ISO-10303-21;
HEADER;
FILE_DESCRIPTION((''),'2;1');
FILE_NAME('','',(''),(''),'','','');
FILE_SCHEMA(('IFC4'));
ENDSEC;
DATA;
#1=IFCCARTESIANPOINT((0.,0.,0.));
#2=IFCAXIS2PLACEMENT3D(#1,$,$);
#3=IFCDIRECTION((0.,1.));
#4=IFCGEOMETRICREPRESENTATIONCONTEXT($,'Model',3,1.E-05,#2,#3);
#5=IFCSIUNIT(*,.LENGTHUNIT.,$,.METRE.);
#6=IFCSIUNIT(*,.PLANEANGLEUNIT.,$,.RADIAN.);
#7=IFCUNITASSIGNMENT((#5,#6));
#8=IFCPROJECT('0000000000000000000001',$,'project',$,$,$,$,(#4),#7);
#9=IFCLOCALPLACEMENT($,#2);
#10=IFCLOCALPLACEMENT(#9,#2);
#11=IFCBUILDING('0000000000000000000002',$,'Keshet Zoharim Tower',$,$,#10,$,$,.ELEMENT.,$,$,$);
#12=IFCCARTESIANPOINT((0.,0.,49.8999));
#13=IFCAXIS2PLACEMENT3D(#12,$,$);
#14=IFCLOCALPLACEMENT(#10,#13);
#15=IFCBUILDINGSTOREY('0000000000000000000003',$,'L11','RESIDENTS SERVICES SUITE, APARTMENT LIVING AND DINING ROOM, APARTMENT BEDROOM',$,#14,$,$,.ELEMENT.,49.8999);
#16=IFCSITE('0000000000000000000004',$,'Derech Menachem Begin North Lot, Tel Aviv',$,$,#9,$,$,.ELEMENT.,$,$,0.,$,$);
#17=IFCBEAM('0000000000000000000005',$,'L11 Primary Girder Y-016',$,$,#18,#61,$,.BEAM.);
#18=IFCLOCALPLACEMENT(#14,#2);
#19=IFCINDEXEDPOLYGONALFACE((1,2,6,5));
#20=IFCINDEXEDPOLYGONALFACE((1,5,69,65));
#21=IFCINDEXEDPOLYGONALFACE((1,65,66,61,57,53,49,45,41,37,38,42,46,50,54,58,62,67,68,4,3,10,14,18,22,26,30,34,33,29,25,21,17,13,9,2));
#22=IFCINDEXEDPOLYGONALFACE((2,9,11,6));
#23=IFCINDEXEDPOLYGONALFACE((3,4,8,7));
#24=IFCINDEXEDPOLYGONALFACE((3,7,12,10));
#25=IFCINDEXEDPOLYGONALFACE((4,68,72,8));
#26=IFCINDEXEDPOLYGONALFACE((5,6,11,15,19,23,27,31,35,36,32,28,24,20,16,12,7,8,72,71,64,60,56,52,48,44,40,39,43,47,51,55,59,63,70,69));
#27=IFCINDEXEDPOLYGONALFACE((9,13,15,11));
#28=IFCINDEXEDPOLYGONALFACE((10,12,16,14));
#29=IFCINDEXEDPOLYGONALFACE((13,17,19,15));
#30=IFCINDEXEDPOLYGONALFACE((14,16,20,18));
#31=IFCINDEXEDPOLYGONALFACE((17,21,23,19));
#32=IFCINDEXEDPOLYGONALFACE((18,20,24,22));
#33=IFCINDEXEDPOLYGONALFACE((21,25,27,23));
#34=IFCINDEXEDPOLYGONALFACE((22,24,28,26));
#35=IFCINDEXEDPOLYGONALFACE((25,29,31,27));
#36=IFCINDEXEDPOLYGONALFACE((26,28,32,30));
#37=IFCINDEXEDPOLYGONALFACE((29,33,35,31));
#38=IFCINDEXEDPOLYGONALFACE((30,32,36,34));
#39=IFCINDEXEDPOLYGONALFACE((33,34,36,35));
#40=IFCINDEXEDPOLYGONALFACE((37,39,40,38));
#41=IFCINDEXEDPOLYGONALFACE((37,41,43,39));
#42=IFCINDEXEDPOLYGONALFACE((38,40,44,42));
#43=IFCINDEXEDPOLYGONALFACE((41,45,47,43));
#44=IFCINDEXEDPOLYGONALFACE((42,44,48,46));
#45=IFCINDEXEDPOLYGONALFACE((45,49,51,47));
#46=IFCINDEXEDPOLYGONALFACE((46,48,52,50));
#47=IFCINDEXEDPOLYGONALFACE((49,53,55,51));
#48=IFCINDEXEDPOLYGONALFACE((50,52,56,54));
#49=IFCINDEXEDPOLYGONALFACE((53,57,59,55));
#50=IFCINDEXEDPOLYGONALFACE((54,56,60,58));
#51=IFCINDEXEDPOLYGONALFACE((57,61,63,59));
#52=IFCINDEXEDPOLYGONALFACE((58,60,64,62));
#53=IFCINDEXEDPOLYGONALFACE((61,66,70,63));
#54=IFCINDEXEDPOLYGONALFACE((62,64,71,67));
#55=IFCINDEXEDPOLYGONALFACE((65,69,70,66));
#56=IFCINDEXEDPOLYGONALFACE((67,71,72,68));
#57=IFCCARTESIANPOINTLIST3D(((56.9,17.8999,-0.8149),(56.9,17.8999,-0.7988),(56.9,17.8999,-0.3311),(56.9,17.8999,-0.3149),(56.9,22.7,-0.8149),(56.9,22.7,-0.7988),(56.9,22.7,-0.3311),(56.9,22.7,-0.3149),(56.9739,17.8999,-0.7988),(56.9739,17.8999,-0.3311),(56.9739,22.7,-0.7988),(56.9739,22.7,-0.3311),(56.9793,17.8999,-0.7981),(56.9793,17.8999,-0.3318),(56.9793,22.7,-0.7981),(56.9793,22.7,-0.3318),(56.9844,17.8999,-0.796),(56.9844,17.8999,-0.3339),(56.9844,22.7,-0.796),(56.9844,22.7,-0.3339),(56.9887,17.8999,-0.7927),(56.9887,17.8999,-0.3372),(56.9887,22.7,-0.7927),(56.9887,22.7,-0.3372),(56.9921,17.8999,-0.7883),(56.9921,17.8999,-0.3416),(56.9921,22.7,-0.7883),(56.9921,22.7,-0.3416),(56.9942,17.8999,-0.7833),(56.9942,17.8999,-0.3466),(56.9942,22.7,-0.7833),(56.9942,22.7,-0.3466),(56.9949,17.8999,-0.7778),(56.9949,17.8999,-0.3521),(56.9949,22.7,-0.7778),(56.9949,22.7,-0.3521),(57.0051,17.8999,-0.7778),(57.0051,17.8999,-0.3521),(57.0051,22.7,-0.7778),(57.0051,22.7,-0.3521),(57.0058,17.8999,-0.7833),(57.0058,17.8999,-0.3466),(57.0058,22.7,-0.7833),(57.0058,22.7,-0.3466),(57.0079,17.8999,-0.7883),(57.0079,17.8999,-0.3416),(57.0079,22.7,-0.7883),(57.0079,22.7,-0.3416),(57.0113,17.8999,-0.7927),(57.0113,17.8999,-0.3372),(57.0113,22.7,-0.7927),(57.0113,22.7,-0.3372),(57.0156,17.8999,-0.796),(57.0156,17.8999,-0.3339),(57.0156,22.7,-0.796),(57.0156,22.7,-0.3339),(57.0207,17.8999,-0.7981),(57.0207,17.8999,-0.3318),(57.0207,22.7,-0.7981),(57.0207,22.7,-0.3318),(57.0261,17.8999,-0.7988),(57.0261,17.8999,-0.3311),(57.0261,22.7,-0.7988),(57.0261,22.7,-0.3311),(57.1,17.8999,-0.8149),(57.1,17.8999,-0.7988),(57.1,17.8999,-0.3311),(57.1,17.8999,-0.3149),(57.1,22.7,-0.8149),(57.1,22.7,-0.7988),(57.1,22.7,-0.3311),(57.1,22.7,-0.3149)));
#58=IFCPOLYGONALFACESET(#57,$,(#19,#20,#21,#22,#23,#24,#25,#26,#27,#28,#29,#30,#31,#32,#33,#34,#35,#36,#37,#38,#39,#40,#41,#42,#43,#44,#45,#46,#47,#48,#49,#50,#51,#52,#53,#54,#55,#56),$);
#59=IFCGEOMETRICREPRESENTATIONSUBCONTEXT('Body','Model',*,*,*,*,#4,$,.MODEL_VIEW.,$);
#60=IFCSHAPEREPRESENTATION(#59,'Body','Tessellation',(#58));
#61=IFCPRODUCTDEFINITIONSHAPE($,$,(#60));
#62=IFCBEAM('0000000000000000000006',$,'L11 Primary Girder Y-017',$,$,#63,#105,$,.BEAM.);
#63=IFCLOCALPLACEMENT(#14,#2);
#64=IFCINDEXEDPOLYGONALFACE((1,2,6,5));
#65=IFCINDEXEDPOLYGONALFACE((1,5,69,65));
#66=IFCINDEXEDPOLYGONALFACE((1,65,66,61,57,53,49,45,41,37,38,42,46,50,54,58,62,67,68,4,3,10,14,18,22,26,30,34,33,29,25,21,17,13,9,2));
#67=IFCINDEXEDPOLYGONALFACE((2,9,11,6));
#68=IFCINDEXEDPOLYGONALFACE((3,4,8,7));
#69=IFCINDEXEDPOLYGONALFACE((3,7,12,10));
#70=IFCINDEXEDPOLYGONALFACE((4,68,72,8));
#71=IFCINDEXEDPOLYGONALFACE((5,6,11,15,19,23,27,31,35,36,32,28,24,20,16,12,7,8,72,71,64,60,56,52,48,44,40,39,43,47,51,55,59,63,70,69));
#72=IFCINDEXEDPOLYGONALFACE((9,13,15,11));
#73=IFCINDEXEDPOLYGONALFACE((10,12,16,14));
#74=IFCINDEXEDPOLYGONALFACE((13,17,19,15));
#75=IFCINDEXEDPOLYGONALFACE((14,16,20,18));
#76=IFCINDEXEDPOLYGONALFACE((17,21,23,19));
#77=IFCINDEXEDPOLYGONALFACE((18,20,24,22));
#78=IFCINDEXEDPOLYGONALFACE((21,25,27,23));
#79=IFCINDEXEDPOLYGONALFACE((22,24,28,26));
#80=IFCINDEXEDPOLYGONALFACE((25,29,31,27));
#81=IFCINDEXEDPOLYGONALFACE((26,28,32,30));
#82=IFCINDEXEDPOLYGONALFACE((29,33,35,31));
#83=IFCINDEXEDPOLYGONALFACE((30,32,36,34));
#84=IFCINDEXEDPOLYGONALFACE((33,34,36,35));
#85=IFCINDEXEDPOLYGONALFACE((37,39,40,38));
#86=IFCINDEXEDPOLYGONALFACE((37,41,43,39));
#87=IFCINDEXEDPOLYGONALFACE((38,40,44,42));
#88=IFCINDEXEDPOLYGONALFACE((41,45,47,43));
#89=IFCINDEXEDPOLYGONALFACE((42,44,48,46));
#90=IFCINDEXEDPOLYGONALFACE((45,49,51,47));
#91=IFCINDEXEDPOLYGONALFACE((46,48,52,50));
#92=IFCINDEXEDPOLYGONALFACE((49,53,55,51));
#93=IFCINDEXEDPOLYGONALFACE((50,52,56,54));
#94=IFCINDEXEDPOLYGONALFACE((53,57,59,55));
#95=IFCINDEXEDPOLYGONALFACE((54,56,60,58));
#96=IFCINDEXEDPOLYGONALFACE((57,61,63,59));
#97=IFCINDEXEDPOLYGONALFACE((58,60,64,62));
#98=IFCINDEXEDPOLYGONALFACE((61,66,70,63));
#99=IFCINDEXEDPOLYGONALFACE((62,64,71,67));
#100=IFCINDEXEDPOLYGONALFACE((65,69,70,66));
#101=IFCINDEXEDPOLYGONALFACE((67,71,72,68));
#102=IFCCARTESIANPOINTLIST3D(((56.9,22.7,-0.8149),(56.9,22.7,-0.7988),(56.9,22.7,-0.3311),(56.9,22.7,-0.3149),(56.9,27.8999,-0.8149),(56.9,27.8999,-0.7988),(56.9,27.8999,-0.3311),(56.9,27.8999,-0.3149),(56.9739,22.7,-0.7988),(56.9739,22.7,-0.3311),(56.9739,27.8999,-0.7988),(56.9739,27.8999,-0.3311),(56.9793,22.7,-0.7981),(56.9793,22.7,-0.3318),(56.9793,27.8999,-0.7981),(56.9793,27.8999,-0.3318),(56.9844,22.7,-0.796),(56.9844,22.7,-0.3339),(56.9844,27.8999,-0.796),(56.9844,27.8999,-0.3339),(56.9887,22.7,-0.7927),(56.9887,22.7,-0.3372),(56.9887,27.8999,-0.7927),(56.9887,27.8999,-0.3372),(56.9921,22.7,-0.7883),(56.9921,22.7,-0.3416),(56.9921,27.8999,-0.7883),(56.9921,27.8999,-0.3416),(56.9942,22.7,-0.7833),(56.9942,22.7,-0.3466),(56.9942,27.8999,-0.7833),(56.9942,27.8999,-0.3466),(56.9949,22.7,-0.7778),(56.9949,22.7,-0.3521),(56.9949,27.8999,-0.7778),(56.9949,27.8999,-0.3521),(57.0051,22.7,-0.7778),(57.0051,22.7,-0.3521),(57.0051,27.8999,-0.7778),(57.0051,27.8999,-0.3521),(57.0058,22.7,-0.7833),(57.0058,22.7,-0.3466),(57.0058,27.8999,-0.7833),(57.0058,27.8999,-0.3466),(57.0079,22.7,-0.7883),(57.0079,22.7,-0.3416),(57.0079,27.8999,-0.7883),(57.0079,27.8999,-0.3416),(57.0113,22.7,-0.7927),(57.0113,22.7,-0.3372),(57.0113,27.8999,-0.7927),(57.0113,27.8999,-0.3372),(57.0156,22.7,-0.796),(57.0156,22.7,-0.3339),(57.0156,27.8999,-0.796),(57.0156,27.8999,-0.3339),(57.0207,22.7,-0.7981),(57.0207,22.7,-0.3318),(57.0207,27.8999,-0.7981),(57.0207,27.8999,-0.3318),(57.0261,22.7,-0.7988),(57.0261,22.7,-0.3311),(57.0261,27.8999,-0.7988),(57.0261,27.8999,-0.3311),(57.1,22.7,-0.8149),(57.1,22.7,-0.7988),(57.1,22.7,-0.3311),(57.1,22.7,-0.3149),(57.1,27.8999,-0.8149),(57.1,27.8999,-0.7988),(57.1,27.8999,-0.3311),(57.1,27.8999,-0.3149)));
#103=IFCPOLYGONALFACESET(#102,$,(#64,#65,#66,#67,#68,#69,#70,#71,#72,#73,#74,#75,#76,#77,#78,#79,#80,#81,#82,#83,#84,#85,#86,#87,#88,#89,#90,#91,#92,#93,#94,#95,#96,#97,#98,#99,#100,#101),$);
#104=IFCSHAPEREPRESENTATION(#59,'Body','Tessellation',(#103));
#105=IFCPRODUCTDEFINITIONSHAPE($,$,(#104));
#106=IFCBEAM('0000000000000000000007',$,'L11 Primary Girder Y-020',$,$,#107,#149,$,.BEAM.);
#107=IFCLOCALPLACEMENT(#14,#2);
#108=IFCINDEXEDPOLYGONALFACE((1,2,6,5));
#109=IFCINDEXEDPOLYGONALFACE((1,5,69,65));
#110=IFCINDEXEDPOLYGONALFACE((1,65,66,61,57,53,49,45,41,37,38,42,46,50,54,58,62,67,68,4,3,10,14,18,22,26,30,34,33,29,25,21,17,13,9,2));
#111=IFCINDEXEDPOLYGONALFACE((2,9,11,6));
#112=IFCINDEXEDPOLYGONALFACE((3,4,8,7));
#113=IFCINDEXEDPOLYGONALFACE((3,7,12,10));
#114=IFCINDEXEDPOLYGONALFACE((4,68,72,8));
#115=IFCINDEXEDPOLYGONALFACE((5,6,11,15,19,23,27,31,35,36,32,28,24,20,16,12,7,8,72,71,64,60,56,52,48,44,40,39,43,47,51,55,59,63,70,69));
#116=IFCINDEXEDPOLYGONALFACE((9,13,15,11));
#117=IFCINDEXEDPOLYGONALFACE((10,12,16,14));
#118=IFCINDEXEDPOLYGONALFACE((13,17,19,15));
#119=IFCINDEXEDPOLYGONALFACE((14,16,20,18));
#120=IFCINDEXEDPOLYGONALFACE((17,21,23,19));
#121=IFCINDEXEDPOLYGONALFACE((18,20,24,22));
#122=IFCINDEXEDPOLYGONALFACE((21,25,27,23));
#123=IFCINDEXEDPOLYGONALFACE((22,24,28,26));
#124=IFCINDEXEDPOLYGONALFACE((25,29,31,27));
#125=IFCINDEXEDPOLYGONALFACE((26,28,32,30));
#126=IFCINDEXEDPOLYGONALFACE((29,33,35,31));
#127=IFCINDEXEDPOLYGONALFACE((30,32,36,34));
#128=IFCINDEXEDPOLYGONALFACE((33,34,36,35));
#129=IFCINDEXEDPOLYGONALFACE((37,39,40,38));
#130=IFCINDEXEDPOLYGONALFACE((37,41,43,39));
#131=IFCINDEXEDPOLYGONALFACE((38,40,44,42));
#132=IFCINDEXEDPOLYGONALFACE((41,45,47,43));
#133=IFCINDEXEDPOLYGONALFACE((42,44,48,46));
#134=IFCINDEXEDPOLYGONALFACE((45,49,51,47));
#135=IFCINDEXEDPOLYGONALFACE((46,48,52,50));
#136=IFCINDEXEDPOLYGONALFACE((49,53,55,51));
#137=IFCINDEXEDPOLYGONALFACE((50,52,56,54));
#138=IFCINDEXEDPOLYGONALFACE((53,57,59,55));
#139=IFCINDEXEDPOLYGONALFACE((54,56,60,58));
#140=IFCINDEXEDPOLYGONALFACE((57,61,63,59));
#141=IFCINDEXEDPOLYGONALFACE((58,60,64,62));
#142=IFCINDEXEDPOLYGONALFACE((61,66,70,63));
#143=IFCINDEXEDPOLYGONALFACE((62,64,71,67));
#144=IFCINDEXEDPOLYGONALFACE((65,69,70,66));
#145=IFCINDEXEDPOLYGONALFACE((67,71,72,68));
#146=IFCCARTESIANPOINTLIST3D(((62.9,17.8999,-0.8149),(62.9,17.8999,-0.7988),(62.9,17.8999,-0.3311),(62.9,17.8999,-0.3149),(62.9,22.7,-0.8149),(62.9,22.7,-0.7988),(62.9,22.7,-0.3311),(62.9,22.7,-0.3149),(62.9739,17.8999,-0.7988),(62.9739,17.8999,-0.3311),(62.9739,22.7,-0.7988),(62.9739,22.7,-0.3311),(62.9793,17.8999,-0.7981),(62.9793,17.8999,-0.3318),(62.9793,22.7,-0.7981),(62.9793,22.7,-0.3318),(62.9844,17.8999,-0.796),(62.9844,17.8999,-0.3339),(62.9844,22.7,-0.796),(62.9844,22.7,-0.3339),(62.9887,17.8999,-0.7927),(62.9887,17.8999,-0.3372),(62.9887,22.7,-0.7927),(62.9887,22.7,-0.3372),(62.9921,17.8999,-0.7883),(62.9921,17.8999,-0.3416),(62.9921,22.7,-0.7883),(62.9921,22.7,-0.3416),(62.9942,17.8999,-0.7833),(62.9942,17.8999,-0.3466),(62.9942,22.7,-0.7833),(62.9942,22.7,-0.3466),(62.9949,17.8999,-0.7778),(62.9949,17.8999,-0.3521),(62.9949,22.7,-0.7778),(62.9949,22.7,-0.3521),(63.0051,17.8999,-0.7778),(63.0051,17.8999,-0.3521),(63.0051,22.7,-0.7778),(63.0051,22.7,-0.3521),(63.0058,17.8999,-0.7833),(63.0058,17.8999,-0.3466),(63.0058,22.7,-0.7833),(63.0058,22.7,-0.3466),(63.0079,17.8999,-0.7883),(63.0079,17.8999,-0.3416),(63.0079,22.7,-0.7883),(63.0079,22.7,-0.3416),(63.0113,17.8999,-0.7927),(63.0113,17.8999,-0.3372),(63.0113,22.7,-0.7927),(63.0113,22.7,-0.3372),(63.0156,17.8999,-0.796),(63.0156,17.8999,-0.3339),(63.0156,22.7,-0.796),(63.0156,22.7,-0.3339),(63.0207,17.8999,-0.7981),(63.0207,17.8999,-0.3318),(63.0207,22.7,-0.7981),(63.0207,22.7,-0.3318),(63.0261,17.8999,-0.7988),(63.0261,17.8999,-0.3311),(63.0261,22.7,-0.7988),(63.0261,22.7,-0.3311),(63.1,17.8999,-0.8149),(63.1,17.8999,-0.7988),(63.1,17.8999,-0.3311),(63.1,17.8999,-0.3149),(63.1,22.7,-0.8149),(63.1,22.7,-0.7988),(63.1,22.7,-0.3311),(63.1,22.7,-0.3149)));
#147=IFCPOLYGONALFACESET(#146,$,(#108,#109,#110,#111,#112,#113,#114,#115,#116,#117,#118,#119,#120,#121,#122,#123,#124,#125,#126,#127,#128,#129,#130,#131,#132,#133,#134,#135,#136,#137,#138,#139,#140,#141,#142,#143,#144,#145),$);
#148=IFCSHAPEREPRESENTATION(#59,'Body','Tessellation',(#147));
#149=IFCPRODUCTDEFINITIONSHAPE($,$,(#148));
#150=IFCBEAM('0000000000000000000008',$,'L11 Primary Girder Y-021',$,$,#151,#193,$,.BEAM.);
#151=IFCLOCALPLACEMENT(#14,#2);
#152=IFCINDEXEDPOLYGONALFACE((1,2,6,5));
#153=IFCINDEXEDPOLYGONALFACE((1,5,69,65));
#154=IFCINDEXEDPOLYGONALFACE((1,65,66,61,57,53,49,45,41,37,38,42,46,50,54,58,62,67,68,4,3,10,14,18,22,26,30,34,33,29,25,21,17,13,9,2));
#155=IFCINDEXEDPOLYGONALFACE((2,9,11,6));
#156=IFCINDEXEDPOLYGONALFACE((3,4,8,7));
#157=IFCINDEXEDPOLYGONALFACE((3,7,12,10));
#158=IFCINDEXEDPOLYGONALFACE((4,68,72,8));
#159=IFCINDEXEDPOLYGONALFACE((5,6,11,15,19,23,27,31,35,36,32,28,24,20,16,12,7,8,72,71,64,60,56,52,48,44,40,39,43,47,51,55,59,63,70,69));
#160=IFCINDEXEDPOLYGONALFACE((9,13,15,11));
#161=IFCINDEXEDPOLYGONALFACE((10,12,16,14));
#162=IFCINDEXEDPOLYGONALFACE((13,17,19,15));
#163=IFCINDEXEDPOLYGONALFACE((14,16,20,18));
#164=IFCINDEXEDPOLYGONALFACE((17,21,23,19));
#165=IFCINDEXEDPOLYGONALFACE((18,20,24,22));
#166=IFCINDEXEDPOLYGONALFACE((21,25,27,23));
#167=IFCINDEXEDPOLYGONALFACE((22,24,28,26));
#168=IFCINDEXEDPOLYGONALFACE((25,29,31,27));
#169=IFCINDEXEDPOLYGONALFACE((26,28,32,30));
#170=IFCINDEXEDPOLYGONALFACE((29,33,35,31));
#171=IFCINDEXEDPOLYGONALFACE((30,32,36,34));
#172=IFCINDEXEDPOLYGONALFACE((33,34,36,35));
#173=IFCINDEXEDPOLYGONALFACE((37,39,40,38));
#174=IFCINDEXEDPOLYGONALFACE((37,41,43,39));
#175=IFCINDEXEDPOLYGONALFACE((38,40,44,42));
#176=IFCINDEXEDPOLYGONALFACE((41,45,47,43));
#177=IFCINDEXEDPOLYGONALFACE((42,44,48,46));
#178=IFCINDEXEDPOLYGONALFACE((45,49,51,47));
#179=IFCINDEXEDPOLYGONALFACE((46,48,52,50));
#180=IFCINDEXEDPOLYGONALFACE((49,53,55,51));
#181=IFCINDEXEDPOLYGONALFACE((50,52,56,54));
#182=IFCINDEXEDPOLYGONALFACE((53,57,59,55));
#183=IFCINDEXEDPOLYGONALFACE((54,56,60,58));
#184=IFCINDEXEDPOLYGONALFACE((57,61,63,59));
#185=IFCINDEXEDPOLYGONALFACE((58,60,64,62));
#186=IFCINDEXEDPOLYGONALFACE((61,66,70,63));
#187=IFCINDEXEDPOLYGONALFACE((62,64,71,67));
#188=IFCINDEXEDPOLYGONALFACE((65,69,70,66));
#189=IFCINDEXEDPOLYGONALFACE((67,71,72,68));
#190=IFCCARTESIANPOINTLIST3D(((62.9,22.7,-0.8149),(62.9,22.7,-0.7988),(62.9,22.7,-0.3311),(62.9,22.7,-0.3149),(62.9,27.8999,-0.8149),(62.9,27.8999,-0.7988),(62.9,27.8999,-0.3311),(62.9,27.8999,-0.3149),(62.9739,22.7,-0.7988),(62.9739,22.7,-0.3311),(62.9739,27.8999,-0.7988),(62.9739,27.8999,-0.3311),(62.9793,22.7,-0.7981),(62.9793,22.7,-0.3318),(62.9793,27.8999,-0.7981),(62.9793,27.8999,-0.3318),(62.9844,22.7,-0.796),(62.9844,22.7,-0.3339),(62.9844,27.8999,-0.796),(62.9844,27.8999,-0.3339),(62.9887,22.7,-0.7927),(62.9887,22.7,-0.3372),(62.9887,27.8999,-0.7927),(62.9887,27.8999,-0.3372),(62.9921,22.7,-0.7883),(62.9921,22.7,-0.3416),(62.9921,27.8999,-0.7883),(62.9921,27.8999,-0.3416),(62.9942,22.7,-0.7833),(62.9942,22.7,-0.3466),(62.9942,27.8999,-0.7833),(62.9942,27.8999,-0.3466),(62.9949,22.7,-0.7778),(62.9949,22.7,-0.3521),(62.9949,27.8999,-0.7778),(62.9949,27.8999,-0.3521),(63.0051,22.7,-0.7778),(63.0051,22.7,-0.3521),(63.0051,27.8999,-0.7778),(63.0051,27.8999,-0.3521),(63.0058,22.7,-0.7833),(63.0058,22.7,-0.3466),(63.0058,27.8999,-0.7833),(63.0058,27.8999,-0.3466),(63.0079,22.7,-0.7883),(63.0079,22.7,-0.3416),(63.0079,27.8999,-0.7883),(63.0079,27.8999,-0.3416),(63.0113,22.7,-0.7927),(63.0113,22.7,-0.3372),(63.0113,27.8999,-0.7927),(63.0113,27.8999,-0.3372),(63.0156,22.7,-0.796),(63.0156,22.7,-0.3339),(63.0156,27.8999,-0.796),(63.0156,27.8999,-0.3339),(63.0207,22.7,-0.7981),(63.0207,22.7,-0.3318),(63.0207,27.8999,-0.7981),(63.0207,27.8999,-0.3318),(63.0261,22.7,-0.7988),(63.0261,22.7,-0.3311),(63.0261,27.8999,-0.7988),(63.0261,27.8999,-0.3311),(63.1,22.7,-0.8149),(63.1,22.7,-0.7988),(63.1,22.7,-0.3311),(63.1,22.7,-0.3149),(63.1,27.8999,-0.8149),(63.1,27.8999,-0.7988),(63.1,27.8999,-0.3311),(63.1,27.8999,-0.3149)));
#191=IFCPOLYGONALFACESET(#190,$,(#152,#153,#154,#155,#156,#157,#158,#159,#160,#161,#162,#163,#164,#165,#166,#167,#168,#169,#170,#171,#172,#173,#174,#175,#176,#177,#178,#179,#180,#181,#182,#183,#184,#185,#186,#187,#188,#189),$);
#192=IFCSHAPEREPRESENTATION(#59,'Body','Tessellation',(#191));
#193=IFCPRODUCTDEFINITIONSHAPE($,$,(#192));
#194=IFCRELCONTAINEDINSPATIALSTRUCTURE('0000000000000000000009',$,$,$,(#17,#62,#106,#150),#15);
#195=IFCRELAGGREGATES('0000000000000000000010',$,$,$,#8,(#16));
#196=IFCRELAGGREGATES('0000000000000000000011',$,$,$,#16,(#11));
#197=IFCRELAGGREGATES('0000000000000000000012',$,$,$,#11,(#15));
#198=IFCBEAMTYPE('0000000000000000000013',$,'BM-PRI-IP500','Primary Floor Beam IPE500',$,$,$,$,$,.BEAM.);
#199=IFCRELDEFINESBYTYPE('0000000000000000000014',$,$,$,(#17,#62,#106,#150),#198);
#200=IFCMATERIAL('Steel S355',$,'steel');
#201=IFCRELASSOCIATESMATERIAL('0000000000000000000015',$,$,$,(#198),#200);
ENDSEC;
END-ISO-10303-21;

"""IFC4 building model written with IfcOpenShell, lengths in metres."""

from ifc_helpers import new_model, si_unit, direction, frame, origin, origin_2d, place, context, subcontext, project, spatial, i_section, extrude, material, material_profile, profile_set, type_object, element, save


model = new_model("IFC4")

# Units and contexts
model_context = context("Model", 3, precision=1e-05, world=origin(), true_north=direction((0.0, 1.0)))
body_context = subcontext(model_context, "Body", "Model", "MODEL_VIEW")
ifc_project = project(units=[si_unit("LENGTHUNIT", "METRE"), si_unit("PLANEANGLEUNIT", "RADIAN")], contexts=[model_context])

# Site, building, storey
site_placement = place(None, origin())
site = spatial("IfcSite", under=ifc_project, at=site_placement, Name="Derech Menachem Begin North Lot, Tel Aviv", CompositionType="ELEMENT", RefElevation=0.0)
building_placement = place(site_placement, origin())
building = spatial("IfcBuilding", under=site, at=building_placement, Name="Keshet Zoharim Tower", CompositionType="ELEMENT")
storey_placement = place(building_placement, frame((0.0, 0.0, 49.8999)))
storey = spatial("IfcBuildingStorey", under=building, at=storey_placement, Name="L11", Description="RESIDENTS SERVICES SUITE, APARTMENT LIVING AND DINING ROOM, APARTMENT BEDROOM", CompositionType="ELEMENT", Elevation=49.8999)

# Shared definitions
ifc_material_1 = material(Name="Steel S355", Category="steel")

# Beams
ifc_material_profile_1 = material_profile(ifc_material_1, i_section(OverallWidth=0.2, OverallDepth=0.5, WebThickness=0.0103, FlangeThickness=0.0161, FilletRadius=0.021, at=origin_2d()), Name="IPE500")
ifc_profile_set_1 = profile_set([ifc_material_profile_1], Name="Steel S355")
beam_type_1 = type_object("IfcBeamType", Name="BM-PRI-IP500", Description="Primary Floor Beam IPE500", PredefinedType="BEAM", material=ifc_profile_set_1)
beam_1_placement = place(storey_placement, frame((57.0, 17.8999, -0.5649), z_axis=(0.0, 1.0, 0.0), x_axis=(-1.0, 0.0, 0.0)))
element("IfcBeam", 1, at=beam_1_placement, inside=storey, type_object=beam_type_1, Name="L11 Primary Girder Y-016", PredefinedType="BEAM", context=body_context, shape_type="SweptSolid", body=[
    extrude(i_section(OverallWidth=0.2, OverallDepth=0.5, WebThickness=0.0103, FlangeThickness=0.0161, FilletRadius=0.021, at=origin_2d()), origin(), (0.0, 0.0, 1.0), 4.8),
])
beam_2_placement = place(storey_placement, frame((57.0, 22.7, -0.5649), z_axis=(0.0, 1.0, 0.0), x_axis=(-1.0, 0.0, 0.0)))
element("IfcBeam", 2, at=beam_2_placement, inside=storey, type_object=beam_type_1, Name="L11 Primary Girder Y-017", PredefinedType="BEAM", context=body_context, shape_type="SweptSolid", body=[
    extrude(i_section(OverallWidth=0.2, OverallDepth=0.5, WebThickness=0.0103, FlangeThickness=0.0161, FilletRadius=0.021, at=origin_2d()), origin(), (0.0, 0.0, 1.0), 5.2),
])
beam_3_placement = place(storey_placement, frame((63.0, 17.8999, -0.5649), z_axis=(0.0, 1.0, 0.0), x_axis=(-1.0, 0.0, 0.0)))
element("IfcBeam", 3, at=beam_3_placement, inside=storey, type_object=beam_type_1, Name="L11 Primary Girder Y-020", PredefinedType="BEAM", context=body_context, shape_type="SweptSolid", body=[
    extrude(i_section(OverallWidth=0.2, OverallDepth=0.5, WebThickness=0.0103, FlangeThickness=0.0161, FilletRadius=0.021, at=origin_2d()), origin(), (0.0, 0.0, 1.0), 4.8),
])
beam_4_placement = place(storey_placement, frame((63.0, 22.7, -0.5649), z_axis=(0.0, 1.0, 0.0), x_axis=(-1.0, 0.0, 0.0)))
element("IfcBeam", 4, at=beam_4_placement, inside=storey, type_object=beam_type_1, Name="L11 Primary Girder Y-021", PredefinedType="BEAM", context=body_context, shape_type="SweptSolid", body=[
    extrude(i_section(OverallWidth=0.2, OverallDepth=0.5, WebThickness=0.0103, FlangeThickness=0.0161, FilletRadius=0.021, at=origin_2d()), origin(), (0.0, 0.0, 1.0), 5.2),
])

save(model, "model.ifc")
